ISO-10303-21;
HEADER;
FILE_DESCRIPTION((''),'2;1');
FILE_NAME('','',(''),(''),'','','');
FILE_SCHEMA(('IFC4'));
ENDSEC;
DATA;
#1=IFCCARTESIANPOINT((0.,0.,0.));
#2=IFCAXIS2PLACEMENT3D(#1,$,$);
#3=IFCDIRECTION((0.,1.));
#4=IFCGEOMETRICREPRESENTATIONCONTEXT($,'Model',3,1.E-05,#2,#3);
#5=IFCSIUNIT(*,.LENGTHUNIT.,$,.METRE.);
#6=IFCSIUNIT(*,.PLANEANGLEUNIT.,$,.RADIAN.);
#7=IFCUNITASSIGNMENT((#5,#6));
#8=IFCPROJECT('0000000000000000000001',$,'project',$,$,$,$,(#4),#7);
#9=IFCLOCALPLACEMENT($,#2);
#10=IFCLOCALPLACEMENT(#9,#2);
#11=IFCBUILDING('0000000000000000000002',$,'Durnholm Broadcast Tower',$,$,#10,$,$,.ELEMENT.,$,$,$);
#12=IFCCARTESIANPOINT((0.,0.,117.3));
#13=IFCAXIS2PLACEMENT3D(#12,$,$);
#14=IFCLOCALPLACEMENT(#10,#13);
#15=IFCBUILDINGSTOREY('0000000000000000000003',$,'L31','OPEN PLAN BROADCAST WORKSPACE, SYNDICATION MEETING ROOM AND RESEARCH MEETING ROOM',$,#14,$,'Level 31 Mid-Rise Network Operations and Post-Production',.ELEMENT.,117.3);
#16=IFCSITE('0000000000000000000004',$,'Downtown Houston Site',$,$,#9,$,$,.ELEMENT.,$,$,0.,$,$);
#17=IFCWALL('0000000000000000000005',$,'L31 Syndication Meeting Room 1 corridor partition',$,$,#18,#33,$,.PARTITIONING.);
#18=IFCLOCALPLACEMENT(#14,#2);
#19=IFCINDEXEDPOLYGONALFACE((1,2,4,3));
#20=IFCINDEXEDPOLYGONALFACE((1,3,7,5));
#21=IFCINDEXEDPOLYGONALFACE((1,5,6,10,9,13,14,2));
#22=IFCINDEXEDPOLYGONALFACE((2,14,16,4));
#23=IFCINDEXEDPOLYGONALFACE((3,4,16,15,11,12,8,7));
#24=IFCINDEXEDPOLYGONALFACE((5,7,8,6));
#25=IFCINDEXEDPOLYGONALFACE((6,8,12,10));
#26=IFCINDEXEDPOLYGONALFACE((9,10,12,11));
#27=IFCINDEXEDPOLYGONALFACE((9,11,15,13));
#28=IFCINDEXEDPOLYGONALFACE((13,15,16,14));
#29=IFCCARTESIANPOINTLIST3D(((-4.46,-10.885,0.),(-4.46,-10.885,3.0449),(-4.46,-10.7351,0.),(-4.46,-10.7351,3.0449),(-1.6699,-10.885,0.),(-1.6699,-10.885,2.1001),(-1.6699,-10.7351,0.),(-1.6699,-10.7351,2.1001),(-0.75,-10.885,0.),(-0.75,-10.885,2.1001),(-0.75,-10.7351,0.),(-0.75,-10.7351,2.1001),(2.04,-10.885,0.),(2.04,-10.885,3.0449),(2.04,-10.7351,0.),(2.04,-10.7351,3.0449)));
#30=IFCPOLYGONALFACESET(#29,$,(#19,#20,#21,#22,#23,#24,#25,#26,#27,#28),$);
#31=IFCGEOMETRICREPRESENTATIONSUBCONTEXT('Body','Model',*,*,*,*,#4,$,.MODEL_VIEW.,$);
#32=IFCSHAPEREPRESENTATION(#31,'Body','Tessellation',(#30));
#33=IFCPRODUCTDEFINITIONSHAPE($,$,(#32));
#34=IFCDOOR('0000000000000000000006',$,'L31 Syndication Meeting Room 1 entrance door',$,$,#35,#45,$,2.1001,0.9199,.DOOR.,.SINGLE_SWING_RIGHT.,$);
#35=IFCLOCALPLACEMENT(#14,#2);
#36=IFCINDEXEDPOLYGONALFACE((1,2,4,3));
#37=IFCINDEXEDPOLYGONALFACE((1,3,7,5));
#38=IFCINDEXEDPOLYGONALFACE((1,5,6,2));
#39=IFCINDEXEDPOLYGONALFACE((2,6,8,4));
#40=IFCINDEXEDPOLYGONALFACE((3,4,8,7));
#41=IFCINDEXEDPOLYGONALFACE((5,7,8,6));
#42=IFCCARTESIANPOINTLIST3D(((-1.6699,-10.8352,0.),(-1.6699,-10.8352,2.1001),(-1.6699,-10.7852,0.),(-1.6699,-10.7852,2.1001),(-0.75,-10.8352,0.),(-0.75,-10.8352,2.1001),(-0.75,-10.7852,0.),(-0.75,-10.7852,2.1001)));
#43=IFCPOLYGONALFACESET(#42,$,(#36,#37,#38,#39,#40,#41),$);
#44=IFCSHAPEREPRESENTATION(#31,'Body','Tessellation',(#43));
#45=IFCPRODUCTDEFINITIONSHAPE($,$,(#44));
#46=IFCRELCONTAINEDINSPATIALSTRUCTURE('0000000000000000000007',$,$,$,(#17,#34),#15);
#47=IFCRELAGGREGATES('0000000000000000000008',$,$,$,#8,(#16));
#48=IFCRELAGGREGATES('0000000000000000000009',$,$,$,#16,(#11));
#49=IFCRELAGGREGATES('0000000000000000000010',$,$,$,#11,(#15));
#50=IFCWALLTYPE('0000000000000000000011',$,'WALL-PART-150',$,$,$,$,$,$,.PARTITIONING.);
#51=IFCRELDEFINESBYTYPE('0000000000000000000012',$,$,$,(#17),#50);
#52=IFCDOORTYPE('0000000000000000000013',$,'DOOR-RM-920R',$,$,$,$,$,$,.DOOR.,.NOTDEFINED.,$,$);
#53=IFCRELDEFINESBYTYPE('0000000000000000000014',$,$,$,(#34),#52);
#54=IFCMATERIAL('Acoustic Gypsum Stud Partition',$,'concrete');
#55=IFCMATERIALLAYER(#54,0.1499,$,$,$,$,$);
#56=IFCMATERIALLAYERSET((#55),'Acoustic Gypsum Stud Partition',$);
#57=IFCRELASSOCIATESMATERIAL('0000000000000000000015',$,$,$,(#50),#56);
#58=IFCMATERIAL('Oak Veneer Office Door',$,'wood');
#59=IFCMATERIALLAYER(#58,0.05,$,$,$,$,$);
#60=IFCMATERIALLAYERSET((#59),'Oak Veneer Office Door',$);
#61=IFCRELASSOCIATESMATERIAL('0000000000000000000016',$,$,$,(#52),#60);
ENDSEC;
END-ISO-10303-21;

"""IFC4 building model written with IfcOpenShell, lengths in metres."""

from ifc_helpers import new_model, si_unit, direction, frame, frame_2d, origin, place, context, subcontext, project, spatial, rectangle, extrude, source, transform, mapped, material, layer, layer_set, type_object, type_shapes, element, fill, save


model = new_model("IFC4")

# Units and contexts
model_context = context("Model", 3, precision=1e-05, world=origin(), true_north=direction((0.0, 1.0)))
body_context = subcontext(model_context, "Body", "Model", "MODEL_VIEW")
ifc_project = project(units=[si_unit("LENGTHUNIT", "METRE"), si_unit("PLANEANGLEUNIT", "RADIAN")], contexts=[model_context])

# Site, building, storey
site_placement = place(None, origin())
site = spatial("IfcSite", under=ifc_project, at=site_placement, Name="Downtown Houston Site", CompositionType="ELEMENT", RefElevation=0.0)
building_placement = place(site_placement, origin())
building = spatial("IfcBuilding", under=site, at=building_placement, Name="Durnholm Broadcast Tower", CompositionType="ELEMENT")
storey_placement = place(building_placement, frame((0.0, 0.0, 117.3)))
storey = spatial("IfcBuildingStorey", under=building, at=storey_placement, Name="L31", Description="OPEN PLAN BROADCAST WORKSPACE, SYNDICATION MEETING ROOM AND RESEARCH MEETING ROOM", LongName="Level 31 Mid-Rise Network Operations and Post-Production", CompositionType="ELEMENT", Elevation=117.3)

# Wall, opening, door
ifc_material_1 = material(Name="Acoustic Gypsum Stud Partition", Category="concrete")
ifc_layer_1 = layer(ifc_material_1, 0.1499)
ifc_layer_set_1 = layer_set([ifc_layer_1], Name="Acoustic Gypsum Stud Partition")
wall_type_1 = type_object("IfcWallType", Name="WALL-PART-150", PredefinedType="PARTITIONING", material=ifc_layer_set_1)
wall_1_placement = place(storey_placement, frame((-4.46, -10.8101, 0.0), z_axis=(0.0, 0.0, 1.0), x_axis=(1.0, 0.0, 0.0)))
wall_1 = element("IfcWall", 1, at=wall_1_placement, inside=storey, type_object=wall_type_1, Name="L31 Syndication Meeting Room 1 corridor partition", PredefinedType="PARTITIONING", context=body_context, shape_type="SweptSolid", body=[
    extrude(rectangle(XDim=6.5, YDim=0.1499, at=frame_2d((3.25, 0.0))), origin(), (0.0, 0.0, 1.0), 3.0449),
])
opening_1_placement = place(wall_1_placement, frame((2.79, 0.0, 0.0)))
opening_1 = element("IfcOpeningElement", 2, at=opening_1_placement, cuts=wall_1, PredefinedType="OPENING", context=body_context, shape_type="SweptSolid", body=[
    extrude(rectangle(XDim=0.9199, YDim=2.1001, at=frame_2d((0.46, 1.05))), frame((0.0, 0.085, 0.0), z_axis=(0.0, -1.0, 0.0), x_axis=(1.0, 0.0, 0.0)), (0.0, 0.0, 1.0), 0.1699),
])
ifc_material_2 = material(Name="Oak Veneer Office Door", Category="wood")
ifc_layer_2 = layer(ifc_material_2, 0.05)
ifc_layer_set_2 = layer_set([ifc_layer_2], Name="Oak Veneer Office Door")
door_type_1 = type_object("IfcDoorType", Name="DOOR-RM-920R", OperationType="NOTDEFINED", PredefinedType="DOOR", material=ifc_layer_set_2)
shared_shape_1 = source(origin(), body_context, "Body", "SweptSolid", [
    extrude(rectangle(XDim=0.9199, YDim=2.1001, at=frame_2d((0.46, 1.05))), frame((0.0, 0.0249, 0.0), z_axis=(0.0, -1.0, 0.0), x_axis=(1.0, 0.0, 0.0)), (0.0, 0.0, 1.0), 0.05),
])
type_shapes(door_type_1, [shared_shape_1])
door_1_placement = place(opening_1_placement, origin())
door_1 = element("IfcDoor", 3, at=door_1_placement, inside=storey, type_object=door_type_1, Name="L31 Syndication Meeting Room 1 entrance door", OperationType="SINGLE_SWING_RIGHT", OverallHeight=2.1001, OverallWidth=0.9199, PredefinedType="DOOR", context=body_context, shape_type="MappedRepresentation", body=[
    mapped(shared_shape_1, transform((0.0, 0.0, 0.0), x_axis=(1.0, 0.0, 0.0), y_axis=(0.0, 1.0, 0.0), z_axis=(0.0, 0.0, 1.0), scale=1.0)),
])
fill(opening_1, door_1)

save(model, "model.ifc")
